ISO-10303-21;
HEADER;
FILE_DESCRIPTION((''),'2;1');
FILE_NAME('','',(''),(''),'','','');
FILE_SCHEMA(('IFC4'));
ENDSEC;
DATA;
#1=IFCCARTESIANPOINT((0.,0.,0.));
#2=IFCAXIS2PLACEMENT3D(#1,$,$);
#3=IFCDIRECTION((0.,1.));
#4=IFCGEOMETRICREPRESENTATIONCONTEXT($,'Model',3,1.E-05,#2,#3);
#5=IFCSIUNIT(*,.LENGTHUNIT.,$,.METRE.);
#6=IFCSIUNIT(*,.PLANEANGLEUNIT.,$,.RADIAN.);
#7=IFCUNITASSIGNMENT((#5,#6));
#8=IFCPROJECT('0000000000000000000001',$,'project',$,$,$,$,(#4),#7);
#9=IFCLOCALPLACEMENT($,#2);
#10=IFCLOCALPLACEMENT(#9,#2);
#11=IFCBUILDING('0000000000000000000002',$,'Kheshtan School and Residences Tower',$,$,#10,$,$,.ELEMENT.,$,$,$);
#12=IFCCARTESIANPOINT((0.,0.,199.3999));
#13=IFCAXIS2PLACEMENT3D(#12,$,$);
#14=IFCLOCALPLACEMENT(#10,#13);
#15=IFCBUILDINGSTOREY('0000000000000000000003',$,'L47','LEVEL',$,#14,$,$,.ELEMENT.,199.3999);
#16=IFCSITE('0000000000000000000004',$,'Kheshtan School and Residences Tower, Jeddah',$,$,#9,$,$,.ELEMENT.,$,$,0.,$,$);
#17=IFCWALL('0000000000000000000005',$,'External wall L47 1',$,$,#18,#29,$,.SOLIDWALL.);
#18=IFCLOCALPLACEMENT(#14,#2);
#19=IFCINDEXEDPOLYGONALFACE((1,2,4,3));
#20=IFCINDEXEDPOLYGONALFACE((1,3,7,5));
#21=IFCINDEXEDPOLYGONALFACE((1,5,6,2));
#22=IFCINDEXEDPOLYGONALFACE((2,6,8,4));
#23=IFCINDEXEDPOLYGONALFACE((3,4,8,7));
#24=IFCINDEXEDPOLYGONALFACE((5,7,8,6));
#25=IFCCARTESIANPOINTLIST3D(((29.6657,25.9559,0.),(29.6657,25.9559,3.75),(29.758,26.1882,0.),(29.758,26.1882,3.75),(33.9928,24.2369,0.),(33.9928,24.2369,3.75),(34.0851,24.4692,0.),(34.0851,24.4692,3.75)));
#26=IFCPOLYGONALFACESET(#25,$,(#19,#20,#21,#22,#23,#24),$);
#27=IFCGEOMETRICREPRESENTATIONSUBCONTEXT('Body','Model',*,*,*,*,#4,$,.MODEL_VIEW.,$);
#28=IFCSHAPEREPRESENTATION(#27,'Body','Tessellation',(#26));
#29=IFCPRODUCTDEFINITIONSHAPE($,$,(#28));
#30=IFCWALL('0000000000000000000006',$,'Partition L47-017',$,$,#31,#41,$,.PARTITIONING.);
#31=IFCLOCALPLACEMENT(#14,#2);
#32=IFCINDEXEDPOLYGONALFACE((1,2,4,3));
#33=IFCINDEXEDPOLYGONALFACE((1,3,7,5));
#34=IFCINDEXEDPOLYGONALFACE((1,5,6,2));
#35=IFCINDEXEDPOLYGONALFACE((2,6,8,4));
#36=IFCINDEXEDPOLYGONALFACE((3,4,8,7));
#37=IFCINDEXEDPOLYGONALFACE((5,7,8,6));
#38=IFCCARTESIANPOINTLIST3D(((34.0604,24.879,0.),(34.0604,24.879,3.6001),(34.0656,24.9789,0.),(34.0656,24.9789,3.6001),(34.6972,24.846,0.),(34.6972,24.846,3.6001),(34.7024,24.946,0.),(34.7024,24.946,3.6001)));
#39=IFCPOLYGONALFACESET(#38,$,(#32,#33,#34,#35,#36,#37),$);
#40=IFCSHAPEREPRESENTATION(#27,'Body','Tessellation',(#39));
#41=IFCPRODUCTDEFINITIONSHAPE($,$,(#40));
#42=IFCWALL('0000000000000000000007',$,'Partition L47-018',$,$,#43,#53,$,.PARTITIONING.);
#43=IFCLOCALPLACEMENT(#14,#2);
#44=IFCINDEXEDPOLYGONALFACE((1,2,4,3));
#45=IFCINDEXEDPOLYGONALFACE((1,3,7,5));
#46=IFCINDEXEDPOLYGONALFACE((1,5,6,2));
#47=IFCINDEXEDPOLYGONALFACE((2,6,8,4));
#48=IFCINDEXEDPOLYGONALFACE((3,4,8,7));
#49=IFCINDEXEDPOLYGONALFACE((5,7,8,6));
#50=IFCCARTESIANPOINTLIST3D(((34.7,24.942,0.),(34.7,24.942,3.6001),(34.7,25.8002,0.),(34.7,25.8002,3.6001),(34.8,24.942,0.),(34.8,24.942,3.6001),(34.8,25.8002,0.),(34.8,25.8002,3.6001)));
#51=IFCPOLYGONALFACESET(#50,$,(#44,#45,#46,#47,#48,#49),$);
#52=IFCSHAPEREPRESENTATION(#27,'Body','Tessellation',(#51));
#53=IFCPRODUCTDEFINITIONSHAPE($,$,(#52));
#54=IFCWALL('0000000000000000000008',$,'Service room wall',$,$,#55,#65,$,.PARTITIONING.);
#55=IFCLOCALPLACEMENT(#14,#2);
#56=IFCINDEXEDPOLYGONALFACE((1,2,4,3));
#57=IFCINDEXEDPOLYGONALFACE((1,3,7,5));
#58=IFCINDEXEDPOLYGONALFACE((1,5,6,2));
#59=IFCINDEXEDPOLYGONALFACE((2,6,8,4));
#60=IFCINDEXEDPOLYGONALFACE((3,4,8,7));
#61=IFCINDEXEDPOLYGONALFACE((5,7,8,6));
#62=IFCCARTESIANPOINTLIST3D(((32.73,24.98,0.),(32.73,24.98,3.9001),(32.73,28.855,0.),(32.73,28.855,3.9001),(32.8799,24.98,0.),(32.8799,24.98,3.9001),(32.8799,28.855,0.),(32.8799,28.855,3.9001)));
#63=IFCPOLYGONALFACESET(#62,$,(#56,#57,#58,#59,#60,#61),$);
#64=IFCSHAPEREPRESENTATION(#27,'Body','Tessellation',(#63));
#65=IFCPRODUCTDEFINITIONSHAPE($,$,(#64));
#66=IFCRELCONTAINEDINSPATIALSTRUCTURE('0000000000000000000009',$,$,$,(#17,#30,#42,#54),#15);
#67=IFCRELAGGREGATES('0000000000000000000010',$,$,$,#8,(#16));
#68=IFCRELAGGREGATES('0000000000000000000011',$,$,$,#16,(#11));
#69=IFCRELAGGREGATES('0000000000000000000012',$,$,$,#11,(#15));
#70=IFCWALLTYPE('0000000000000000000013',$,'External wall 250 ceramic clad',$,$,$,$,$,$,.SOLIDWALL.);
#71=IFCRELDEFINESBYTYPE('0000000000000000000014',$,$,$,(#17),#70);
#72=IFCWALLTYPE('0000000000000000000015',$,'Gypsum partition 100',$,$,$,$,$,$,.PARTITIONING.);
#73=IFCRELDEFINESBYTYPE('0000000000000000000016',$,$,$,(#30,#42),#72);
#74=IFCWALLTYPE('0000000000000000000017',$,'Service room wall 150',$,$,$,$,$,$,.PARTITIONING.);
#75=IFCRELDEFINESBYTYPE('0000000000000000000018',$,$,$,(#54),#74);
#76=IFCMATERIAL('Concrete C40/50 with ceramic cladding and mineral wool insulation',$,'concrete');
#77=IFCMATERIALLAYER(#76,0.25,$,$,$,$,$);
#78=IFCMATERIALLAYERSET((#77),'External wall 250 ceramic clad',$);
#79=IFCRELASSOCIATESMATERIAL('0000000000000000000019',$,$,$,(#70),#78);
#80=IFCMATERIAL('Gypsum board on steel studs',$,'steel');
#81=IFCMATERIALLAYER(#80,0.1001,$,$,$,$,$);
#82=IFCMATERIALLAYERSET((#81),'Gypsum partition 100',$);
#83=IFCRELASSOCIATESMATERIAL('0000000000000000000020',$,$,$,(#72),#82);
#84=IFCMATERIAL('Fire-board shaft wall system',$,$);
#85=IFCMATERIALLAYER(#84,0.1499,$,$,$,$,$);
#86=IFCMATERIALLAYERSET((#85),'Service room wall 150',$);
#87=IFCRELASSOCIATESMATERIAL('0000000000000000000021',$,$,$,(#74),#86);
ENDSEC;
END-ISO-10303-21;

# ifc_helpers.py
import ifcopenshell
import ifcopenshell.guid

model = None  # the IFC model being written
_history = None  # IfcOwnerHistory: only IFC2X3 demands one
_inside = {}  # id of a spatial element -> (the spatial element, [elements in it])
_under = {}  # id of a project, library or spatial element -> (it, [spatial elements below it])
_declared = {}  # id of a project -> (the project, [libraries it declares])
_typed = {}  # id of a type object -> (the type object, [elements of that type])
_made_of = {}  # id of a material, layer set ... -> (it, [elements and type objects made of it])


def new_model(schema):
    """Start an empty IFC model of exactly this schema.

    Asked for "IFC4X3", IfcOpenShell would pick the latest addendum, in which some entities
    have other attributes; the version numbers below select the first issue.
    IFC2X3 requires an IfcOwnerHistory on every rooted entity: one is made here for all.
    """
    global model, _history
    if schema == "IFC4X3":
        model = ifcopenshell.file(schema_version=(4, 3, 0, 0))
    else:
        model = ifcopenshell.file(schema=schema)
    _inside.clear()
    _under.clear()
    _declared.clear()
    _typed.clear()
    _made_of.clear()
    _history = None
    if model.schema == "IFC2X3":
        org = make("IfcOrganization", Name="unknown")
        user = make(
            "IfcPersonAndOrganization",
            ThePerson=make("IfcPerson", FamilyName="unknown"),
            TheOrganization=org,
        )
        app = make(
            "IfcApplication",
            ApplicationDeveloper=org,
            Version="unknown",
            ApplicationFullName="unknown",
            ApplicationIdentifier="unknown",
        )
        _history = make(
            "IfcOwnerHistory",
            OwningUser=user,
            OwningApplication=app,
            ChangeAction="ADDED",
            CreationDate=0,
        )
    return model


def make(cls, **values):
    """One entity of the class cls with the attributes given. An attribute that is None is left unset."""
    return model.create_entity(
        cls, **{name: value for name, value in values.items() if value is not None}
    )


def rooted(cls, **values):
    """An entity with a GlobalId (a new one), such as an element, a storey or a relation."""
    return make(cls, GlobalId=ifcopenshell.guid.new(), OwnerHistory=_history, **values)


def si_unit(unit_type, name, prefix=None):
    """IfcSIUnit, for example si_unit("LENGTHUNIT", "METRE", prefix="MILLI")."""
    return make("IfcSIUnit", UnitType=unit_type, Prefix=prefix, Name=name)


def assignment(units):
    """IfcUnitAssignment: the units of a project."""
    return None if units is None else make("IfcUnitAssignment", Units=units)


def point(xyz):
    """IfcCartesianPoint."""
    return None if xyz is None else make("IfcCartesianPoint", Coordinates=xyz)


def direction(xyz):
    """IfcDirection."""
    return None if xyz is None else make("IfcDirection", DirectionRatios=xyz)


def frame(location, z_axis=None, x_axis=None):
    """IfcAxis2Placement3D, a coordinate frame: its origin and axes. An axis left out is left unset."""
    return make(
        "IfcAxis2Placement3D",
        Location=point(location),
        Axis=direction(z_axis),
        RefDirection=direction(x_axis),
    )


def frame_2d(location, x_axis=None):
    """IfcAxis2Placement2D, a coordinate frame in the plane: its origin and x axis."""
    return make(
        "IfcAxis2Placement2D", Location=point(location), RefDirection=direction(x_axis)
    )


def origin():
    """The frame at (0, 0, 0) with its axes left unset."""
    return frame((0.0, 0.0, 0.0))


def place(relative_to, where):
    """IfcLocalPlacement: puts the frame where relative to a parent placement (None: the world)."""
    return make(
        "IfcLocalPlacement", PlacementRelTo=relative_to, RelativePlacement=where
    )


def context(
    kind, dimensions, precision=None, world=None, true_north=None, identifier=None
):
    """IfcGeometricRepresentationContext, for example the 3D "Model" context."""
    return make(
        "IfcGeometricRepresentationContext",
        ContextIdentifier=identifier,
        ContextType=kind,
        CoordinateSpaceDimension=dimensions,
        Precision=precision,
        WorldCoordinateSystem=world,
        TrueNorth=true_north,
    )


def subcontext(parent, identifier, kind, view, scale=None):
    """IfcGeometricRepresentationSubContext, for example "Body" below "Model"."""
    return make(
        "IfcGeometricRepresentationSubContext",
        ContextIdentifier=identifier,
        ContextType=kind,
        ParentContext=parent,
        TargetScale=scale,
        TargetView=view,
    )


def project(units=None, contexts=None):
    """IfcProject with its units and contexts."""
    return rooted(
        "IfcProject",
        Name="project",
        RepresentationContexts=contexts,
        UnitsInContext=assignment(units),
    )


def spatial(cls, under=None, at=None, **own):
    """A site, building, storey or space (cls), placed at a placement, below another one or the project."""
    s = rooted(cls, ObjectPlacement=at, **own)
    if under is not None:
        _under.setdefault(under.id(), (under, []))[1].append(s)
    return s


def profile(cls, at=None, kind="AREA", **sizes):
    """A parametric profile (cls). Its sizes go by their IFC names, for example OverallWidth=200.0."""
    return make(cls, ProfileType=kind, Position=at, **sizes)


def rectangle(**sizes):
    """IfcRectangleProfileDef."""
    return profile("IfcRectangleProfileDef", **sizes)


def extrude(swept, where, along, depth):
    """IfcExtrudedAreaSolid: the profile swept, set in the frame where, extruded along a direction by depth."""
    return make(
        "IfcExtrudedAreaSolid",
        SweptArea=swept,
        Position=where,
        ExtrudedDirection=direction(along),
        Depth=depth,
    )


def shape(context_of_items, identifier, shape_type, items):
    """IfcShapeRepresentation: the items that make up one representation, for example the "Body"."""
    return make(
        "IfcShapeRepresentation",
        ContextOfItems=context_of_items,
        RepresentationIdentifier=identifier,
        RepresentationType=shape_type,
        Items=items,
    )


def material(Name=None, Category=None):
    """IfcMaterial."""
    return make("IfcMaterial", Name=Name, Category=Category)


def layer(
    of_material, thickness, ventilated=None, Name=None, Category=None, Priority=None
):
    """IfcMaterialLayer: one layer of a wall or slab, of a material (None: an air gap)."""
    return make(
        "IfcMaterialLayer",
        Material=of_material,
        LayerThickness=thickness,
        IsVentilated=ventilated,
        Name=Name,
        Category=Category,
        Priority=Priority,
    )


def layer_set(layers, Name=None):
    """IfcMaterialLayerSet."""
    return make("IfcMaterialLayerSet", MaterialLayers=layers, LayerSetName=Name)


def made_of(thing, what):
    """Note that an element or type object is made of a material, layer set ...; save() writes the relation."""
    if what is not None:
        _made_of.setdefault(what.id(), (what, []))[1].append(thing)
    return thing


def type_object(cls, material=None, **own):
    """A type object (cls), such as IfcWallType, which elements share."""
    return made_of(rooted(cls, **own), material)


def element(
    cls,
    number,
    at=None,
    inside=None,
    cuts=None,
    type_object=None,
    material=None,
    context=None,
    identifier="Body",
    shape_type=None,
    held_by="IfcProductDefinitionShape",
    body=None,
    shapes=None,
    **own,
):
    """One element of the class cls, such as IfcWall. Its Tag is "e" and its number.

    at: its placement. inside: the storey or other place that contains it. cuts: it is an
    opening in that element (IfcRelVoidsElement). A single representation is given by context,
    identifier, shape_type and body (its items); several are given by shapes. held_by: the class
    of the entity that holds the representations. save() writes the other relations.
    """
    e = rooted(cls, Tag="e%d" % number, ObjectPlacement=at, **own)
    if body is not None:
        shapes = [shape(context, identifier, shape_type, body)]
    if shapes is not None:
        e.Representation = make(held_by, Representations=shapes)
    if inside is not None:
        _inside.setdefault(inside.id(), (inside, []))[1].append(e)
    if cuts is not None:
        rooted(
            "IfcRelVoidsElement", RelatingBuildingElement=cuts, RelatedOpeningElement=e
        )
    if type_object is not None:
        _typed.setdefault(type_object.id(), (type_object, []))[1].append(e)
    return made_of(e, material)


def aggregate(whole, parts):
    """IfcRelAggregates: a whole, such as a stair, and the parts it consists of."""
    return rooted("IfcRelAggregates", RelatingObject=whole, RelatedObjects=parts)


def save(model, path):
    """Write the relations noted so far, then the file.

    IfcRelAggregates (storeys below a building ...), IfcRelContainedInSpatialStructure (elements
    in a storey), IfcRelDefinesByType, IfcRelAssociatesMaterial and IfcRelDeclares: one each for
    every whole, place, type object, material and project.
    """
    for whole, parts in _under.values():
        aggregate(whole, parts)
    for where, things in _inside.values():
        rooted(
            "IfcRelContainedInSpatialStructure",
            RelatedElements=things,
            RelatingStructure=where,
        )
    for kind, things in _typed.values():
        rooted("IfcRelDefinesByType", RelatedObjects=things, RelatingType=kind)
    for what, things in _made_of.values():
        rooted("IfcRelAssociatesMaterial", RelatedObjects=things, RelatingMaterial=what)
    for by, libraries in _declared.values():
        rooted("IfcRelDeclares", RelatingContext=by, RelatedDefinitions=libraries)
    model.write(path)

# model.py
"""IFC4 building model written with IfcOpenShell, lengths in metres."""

from ifc_helpers import new_model, si_unit, direction, frame, frame_2d, origin, place, context, subcontext, project, spatial, rectangle, extrude, material, layer, layer_set, type_object, element, save


model = new_model("IFC4")

# Units and contexts
model_context = context("Model", 3, precision=1e-05, world=origin(), true_north=direction((0.0, 1.0)))
body_context = subcontext(model_context, "Body", "Model", "MODEL_VIEW")
ifc_project = project(units=[si_unit("LENGTHUNIT", "METRE"), si_unit("PLANEANGLEUNIT", "RADIAN")], contexts=[model_context])

# Site, building, storey
site_placement = place(None, origin())
site = spatial("IfcSite", under=ifc_project, at=site_placement, Name="Kheshtan School and Residences Tower, Jeddah", CompositionType="ELEMENT", RefElevation=0.0)
building_placement = place(site_placement, origin())
building = spatial("IfcBuilding", under=site, at=building_placement, Name="Kheshtan School and Residences Tower", CompositionType="ELEMENT")
storey_placement = place(building_placement, frame((0.0, 0.0, 199.3999)))
storey = spatial("IfcBuildingStorey", under=building, at=storey_placement, Name="L47", Description="LEVEL", CompositionType="ELEMENT", Elevation=199.3999)

# Walls
ifc_material_1 = material(Name="Concrete C40/50 with ceramic cladding and mineral wool insulation", Category="concrete")
ifc_layer_1 = layer(ifc_material_1, 0.25)
ifc_layer_set_1 = layer_set([ifc_layer_1], Name="External wall 250 ceramic clad")
wall_type_1 = type_object("IfcWallType", Name="External wall 250 ceramic clad", PredefinedType="SOLIDWALL", material=ifc_layer_set_1)
wall_1_placement = place(storey_placement, frame((34.0391, 24.353, 0.0), z_axis=(0.0, 0.0, 1.0), x_axis=(-0.929353, 0.369193, 0.0)))
element("IfcWall", 1, at=wall_1_placement, inside=storey, type_object=wall_type_1, Name="External wall L47 1", PredefinedType="SOLIDWALL", context=body_context, shape_type="SweptSolid", body=[
    extrude(rectangle(XDim=4.656, YDim=0.25, at=frame_2d((2.3281, 0.0))), origin(), (0.0, 0.0, 1.0), 3.75),
])
ifc_material_2 = material(Name="Gypsum board on steel studs", Category="steel")
ifc_layer_2 = layer(ifc_material_2, 0.1001)
ifc_layer_set_2 = layer_set([ifc_layer_2], Name="Gypsum partition 100")
wall_type_2 = type_object("IfcWallType", Name="Gypsum partition 100", PredefinedType="PARTITIONING", material=ifc_layer_set_2)
wall_2_placement = place(storey_placement, frame((34.063, 24.929, 0.0), z_axis=(0.0, 0.0, 1.0), x_axis=(0.998664, -0.051675, 0.0)))
element("IfcWall", 2, at=wall_2_placement, inside=storey, type_object=wall_type_2, Name="Partition L47-017", PredefinedType="PARTITIONING", context=body_context, shape_type="SweptSolid", body=[
    extrude(rectangle(XDim=0.6377, YDim=0.1001, at=frame_2d((0.3188, 0.0))), origin(), (0.0, 0.0, 1.0), 3.6001),
])
wall_3_placement = place(storey_placement, frame((34.75, 24.9419, 0.0), z_axis=(0.0, 0.0, 1.0), x_axis=(0.0, 1.0, 0.0)))
element("IfcWall", 3, at=wall_3_placement, inside=storey, type_object=wall_type_2, Name="Partition L47-018", PredefinedType="PARTITIONING", context=body_context, shape_type="SweptSolid", body=[
    extrude(rectangle(XDim=0.8582, YDim=0.1001, at=frame_2d((0.4292, 0.0))), origin(), (0.0, 0.0, 1.0), 3.6001),
])
ifc_material_3 = material(Name="Fire-board shaft wall system")
ifc_layer_3 = layer(ifc_material_3, 0.1499)
ifc_layer_set_3 = layer_set([ifc_layer_3], Name="Service room wall 150")
wall_type_3 = type_object("IfcWallType", Name="Service room wall 150", PredefinedType="PARTITIONING", material=ifc_layer_set_3)
wall_4_placement = place(storey_placement, frame((32.8049, 24.98, 0.0), z_axis=(0.0, 0.0, 1.0), x_axis=(0.0, 1.0, 0.0)))
element("IfcWall", 4, at=wall_4_placement, inside=storey, type_object=wall_type_3, Name="Service room wall", PredefinedType="PARTITIONING", context=body_context, shape_type="SweptSolid", body=[
    extrude(rectangle(XDim=3.875, YDim=0.1499, at=frame_2d((1.9375, 0.0))), origin(), (0.0, 0.0, 1.0), 3.9001),
])

save(model, "model.ifc")
